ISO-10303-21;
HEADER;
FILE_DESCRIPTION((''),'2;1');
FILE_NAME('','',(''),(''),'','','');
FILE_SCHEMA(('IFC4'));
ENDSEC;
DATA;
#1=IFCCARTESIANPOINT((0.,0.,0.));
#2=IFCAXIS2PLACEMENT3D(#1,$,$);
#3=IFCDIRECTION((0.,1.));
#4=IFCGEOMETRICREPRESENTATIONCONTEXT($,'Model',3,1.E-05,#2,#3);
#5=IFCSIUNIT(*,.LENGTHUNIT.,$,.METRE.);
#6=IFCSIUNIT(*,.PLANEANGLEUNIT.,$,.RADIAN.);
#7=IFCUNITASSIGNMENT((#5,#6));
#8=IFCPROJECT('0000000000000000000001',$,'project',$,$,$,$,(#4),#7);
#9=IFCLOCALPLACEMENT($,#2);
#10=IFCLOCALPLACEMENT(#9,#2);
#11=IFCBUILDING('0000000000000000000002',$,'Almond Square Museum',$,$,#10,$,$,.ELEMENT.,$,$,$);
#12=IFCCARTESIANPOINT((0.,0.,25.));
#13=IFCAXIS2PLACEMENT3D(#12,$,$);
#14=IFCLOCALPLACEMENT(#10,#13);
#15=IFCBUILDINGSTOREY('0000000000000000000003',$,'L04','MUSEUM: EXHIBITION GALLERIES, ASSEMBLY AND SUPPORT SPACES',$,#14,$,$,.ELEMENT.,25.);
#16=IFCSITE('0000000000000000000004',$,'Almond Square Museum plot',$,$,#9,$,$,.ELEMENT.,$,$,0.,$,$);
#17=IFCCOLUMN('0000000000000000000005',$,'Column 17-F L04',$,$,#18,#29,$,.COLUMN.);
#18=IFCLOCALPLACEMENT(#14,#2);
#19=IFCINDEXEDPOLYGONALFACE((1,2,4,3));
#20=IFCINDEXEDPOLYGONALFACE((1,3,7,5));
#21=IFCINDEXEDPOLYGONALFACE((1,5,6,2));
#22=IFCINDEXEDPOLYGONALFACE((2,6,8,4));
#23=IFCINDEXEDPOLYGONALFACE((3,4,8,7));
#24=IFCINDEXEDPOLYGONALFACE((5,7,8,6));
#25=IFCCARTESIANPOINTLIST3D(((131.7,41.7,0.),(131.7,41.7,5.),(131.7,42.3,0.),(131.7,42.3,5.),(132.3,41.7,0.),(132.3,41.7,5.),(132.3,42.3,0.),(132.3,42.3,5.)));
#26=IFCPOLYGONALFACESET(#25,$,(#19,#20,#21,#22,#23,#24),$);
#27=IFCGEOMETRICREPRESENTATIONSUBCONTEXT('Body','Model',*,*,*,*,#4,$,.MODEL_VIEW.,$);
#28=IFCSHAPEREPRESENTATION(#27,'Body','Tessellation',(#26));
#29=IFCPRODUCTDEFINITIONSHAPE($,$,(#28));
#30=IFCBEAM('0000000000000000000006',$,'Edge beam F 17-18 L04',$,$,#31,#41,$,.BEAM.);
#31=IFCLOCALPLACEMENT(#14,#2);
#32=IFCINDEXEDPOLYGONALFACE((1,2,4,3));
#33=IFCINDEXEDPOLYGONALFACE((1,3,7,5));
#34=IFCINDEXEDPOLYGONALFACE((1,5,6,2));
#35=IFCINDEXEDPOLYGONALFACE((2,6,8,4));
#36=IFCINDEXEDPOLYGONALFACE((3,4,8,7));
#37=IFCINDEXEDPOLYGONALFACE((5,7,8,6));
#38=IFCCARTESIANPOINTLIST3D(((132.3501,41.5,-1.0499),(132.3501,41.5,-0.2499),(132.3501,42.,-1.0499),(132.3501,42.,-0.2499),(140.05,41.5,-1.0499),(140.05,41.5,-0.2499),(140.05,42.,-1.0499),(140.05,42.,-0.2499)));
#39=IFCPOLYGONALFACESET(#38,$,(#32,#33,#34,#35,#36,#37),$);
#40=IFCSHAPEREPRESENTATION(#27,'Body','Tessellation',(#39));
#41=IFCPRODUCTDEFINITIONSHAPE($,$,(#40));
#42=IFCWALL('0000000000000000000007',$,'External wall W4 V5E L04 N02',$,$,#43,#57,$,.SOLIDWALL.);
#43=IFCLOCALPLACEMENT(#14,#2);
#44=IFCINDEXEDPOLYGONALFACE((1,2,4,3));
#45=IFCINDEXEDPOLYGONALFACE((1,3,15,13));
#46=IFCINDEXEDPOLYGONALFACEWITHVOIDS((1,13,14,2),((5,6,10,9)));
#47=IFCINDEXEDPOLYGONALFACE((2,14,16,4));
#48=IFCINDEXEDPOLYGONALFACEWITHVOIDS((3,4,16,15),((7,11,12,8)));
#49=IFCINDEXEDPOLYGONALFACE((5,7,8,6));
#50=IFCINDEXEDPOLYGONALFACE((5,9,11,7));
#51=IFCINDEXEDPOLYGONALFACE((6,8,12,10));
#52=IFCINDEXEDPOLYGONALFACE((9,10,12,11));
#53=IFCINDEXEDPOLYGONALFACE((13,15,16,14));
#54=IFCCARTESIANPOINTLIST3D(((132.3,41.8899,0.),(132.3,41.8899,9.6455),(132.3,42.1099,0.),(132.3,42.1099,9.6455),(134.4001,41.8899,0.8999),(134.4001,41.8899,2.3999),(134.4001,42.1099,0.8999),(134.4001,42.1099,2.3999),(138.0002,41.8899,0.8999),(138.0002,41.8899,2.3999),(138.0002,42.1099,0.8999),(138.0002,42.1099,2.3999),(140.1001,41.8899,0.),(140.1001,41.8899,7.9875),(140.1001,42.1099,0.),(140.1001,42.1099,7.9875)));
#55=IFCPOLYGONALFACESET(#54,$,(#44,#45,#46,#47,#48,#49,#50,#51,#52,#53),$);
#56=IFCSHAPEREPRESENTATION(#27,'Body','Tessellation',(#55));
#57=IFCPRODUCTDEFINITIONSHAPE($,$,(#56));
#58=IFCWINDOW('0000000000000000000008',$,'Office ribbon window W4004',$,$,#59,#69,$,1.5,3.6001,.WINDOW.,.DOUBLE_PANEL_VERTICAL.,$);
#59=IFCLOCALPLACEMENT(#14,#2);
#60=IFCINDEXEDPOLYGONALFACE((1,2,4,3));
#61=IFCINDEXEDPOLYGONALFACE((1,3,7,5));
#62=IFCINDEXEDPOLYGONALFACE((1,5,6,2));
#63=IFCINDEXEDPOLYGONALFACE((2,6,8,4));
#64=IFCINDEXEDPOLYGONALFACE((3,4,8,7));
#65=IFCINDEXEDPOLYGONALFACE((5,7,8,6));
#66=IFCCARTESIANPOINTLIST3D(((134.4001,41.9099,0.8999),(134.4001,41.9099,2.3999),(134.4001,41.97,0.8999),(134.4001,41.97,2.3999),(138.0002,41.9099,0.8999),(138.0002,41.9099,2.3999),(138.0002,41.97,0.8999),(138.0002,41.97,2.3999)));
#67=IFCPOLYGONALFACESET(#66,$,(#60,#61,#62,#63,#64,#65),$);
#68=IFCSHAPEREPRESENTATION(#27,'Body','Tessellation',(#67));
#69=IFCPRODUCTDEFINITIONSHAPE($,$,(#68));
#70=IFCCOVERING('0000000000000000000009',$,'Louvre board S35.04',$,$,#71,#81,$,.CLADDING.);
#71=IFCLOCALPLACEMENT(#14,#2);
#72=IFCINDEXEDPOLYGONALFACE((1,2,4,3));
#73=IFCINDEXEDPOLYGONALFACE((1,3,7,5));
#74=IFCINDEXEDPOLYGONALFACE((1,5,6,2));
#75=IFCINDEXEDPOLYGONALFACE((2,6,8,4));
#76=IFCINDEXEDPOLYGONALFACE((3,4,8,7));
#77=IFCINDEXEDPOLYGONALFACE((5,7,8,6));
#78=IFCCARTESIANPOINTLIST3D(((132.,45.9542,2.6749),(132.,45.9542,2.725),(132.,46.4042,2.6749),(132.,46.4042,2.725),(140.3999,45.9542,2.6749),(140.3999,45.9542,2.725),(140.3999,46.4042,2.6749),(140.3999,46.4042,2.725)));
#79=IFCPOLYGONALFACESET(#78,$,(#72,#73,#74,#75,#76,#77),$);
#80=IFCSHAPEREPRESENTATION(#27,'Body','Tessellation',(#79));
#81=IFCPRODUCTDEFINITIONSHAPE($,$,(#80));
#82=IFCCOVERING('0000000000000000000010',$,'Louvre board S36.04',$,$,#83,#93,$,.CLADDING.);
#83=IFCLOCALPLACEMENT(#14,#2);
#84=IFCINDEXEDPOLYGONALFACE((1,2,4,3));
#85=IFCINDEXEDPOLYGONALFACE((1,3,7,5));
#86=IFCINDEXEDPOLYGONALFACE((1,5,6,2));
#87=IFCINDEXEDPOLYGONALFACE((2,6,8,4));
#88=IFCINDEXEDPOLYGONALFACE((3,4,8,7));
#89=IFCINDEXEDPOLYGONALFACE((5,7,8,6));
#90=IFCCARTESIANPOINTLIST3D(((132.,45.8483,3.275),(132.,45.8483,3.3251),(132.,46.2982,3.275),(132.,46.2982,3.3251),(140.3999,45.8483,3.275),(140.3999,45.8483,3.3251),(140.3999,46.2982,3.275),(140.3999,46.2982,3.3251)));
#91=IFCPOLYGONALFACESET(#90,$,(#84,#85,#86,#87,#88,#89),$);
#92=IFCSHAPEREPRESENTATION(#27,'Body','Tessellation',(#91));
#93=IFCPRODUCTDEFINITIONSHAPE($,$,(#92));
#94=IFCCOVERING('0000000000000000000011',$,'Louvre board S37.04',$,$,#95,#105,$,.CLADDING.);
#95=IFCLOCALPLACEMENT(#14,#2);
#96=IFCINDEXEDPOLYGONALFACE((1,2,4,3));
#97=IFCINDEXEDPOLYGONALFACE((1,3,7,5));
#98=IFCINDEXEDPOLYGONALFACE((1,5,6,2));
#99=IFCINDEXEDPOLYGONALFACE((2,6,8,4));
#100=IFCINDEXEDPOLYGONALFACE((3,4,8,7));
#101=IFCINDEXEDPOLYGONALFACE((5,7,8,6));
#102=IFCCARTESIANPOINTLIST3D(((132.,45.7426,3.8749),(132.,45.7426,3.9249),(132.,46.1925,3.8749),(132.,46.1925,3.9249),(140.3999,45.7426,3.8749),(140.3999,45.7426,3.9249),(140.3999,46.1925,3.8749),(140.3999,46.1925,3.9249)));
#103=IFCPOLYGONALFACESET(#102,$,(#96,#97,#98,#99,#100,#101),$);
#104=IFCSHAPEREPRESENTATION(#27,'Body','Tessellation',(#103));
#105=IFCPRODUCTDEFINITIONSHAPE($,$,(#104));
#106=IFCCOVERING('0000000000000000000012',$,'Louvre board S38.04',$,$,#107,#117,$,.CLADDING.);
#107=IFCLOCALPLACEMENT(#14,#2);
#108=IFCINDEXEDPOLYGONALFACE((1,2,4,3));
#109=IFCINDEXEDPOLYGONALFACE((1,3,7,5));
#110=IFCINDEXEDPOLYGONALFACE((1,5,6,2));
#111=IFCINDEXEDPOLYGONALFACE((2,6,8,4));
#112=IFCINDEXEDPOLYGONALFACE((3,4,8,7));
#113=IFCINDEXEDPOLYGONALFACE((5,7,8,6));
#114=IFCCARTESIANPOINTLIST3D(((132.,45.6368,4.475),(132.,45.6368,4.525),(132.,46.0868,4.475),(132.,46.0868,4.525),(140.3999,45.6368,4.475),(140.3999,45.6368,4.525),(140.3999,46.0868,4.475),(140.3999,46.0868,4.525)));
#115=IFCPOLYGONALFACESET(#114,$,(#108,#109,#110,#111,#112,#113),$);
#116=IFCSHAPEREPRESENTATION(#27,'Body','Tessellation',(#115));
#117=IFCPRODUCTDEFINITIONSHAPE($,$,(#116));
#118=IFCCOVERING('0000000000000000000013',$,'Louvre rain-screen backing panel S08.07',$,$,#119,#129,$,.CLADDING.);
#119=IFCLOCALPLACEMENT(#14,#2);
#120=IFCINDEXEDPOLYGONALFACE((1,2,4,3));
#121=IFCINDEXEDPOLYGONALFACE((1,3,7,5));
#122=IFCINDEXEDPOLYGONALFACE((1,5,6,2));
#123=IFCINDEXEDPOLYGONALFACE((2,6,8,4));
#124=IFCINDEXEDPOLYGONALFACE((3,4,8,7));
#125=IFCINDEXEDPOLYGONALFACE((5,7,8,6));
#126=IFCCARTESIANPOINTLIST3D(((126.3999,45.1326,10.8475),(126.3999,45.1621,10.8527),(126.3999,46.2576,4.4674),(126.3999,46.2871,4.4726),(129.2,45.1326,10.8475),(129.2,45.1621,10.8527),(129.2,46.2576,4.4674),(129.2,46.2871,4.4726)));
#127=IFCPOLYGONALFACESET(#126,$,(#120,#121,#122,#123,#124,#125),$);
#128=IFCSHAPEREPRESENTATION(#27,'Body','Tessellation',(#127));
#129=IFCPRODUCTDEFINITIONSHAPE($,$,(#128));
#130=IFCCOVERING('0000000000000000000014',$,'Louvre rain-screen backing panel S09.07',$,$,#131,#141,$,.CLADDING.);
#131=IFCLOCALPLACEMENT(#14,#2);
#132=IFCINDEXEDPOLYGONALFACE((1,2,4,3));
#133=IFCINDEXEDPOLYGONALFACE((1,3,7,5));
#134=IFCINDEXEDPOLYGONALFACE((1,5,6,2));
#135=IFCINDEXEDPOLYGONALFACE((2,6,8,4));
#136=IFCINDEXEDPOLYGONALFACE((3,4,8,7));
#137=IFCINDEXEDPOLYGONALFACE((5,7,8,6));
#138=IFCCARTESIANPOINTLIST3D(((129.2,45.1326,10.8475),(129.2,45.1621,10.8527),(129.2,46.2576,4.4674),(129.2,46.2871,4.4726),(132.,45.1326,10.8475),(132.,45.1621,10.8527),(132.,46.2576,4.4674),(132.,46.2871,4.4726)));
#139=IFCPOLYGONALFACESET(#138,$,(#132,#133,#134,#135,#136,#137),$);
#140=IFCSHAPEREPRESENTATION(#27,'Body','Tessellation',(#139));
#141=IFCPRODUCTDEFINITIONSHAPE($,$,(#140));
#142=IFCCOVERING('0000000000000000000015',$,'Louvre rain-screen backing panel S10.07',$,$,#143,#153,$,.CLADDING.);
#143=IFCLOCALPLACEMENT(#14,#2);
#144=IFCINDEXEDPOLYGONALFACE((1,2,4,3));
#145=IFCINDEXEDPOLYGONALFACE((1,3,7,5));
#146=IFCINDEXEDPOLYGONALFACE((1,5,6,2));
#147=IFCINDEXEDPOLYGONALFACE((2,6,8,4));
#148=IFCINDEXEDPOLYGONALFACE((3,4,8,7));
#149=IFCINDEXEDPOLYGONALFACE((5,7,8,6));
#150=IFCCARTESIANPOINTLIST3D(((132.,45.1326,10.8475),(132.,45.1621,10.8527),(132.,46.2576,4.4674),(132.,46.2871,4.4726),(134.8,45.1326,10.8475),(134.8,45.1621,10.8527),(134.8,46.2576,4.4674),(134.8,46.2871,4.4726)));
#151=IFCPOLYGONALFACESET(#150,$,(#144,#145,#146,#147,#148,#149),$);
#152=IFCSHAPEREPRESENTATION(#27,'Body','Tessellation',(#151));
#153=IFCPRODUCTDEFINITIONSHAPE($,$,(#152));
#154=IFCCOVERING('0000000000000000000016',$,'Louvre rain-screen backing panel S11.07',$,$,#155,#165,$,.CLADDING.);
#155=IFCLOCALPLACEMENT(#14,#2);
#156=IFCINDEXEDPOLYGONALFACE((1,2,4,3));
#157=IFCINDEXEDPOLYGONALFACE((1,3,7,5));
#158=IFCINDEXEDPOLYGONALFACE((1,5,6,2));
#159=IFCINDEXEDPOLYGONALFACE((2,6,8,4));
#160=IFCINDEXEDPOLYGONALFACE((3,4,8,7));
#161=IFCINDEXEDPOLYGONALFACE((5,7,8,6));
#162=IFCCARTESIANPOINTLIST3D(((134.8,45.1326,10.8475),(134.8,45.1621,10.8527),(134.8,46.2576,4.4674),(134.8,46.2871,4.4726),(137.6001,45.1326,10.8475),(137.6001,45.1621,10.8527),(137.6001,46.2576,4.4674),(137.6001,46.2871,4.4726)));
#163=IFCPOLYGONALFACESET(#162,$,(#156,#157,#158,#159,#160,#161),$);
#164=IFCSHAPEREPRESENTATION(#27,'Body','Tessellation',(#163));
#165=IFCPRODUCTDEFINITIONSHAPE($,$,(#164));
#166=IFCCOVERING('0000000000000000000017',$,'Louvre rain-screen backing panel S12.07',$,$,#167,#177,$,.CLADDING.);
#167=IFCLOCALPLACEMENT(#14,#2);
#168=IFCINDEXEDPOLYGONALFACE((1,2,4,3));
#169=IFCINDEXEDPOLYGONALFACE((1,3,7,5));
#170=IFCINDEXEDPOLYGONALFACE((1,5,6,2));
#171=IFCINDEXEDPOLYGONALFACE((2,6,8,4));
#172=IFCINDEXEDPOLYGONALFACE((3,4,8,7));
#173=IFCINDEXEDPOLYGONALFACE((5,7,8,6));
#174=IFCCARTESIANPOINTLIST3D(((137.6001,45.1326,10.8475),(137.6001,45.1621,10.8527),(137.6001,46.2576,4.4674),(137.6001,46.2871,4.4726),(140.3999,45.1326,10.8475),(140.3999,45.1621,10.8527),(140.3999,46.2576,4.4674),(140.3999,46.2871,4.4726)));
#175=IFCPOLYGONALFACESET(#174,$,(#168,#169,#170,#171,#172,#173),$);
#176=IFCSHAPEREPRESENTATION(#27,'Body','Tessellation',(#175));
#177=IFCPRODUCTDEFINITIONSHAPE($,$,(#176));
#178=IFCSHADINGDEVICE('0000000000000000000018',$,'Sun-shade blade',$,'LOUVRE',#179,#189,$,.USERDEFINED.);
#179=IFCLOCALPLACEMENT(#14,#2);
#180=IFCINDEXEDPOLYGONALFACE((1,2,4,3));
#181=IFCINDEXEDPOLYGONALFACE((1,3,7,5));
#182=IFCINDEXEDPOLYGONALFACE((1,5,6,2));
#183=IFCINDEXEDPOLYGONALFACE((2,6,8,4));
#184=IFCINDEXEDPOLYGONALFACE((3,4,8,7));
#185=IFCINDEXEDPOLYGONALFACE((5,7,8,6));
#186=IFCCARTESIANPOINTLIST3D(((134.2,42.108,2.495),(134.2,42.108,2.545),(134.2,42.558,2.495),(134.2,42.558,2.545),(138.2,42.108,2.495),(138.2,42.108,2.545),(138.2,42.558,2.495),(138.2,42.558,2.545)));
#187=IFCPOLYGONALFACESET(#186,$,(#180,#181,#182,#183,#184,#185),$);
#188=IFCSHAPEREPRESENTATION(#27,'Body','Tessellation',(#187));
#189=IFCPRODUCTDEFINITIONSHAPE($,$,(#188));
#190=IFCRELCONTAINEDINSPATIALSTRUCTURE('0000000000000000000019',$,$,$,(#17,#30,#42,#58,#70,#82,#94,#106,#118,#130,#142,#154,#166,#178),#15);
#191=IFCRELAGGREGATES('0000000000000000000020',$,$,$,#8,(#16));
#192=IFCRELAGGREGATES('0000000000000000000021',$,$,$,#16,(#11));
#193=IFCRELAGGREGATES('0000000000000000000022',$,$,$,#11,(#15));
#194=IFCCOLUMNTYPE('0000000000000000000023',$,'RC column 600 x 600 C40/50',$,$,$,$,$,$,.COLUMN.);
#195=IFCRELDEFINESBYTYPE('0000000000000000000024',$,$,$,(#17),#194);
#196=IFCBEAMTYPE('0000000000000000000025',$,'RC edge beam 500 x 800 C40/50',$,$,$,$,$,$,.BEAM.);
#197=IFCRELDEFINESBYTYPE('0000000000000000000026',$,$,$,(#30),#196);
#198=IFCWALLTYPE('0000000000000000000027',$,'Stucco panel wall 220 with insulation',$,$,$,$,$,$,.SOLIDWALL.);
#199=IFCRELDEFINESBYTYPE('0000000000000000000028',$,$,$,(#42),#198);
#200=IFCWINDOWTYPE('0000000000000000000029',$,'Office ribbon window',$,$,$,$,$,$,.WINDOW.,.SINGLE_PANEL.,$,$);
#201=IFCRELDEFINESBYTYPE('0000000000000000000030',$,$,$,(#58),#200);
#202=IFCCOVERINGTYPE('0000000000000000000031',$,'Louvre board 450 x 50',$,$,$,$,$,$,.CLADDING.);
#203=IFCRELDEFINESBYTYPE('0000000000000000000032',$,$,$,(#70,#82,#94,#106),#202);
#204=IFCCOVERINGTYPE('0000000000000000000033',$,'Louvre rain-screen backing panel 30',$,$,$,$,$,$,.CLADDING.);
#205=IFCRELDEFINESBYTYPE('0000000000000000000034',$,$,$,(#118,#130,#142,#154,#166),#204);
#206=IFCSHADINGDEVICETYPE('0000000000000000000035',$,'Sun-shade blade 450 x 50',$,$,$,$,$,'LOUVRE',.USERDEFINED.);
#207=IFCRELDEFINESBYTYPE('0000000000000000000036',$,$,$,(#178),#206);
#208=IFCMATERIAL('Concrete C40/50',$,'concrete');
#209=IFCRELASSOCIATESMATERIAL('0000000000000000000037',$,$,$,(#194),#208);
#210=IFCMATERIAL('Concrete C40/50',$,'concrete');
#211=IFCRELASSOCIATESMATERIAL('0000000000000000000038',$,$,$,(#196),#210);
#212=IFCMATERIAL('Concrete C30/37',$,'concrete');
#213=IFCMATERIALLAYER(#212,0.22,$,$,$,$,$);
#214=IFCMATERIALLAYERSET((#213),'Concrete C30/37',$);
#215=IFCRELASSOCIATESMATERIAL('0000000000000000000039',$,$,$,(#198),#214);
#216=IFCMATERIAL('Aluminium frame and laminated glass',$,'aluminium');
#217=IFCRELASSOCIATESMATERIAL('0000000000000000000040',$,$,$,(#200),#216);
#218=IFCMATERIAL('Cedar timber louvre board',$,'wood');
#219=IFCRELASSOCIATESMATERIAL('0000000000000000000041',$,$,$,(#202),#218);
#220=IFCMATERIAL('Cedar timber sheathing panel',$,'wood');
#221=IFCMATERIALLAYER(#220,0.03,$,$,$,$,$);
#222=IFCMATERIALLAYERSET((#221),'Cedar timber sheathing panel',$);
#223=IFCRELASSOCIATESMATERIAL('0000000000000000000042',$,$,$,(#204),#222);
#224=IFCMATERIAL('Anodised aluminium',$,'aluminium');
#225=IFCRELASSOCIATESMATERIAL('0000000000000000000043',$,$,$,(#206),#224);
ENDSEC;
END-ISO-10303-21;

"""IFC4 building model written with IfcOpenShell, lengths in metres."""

from ifc_helpers import new_model, si_unit, direction, frame, frame_2d, origin, origin_2d, place, context, subcontext, project, spatial, polyline, rectangle, outline, extrude, material, layer, layer_set, material_profile, profile_set, type_object, element, fill, save


model = new_model("IFC4")

# Units and contexts
model_context = context("Model", 3, precision=1e-05, world=origin(), true_north=direction((0.0, 1.0)))
body_context = subcontext(model_context, "Body", "Model", "MODEL_VIEW")
ifc_project = project(units=[si_unit("LENGTHUNIT", "METRE"), si_unit("PLANEANGLEUNIT", "RADIAN")], contexts=[model_context])

# Site, building, storey
site_placement = place(None, origin())
site = spatial("IfcSite", under=ifc_project, at=site_placement, Name="Almond Square Museum plot", CompositionType="ELEMENT", RefElevation=0.0)
building_placement = place(site_placement, origin())
building = spatial("IfcBuilding", under=site, at=building_placement, Name="Almond Square Museum", CompositionType="ELEMENT")
storey_placement = place(building_placement, frame((0.0, 0.0, 25.0)))
storey = spatial("IfcBuildingStorey", under=building, at=storey_placement, Name="L04", Description="MUSEUM: EXHIBITION GALLERIES, ASSEMBLY AND SUPPORT SPACES", CompositionType="ELEMENT", Elevation=25.0)

# Column
ifc_material_1 = material(Name="Concrete C40/50", Category="concrete")
ifc_material_profile_1 = material_profile(ifc_material_1, rectangle(XDim=0.6001, YDim=0.6001, at=origin_2d()))
ifc_profile_set_1 = profile_set([ifc_material_profile_1], Name="Concrete C40/50")
column_type = type_object("IfcColumnType", Name="RC column 600 x 600 C40/50", PredefinedType="COLUMN", material=ifc_profile_set_1)
column_placement = place(storey_placement, frame((132.0, 42.0, 0.0), z_axis=(0.0, 0.0, 1.0), x_axis=(1.0, 0.0, 0.0)))
element("IfcColumn", 1, at=column_placement, inside=storey, type_object=column_type, Name="Column 17-F L04", PredefinedType="COLUMN", context=body_context, shape_type="SweptSolid", body=[
    extrude(rectangle(XDim=0.6001, YDim=0.6001, at=origin_2d()), origin(), (0.0, 0.0, 1.0), 5.0),
])

# Beam
ifc_material_2 = material(Name="Concrete C40/50", Category="concrete")
ifc_material_profile_2 = material_profile(ifc_material_2, rectangle(XDim=0.5, YDim=0.8, at=origin_2d()))
ifc_profile_set_2 = profile_set([ifc_material_profile_2], Name="Concrete C40/50")
beam_type = type_object("IfcBeamType", Name="RC edge beam 500 x 800 C40/50", PredefinedType="BEAM", material=ifc_profile_set_2)
beam_placement = place(storey_placement, frame((132.3501, 41.75, -0.6499), z_axis=(1.0, 0.0, 0.0), x_axis=(0.0, 1.0, 0.0)))
element("IfcBeam", 2, at=beam_placement, inside=storey, type_object=beam_type, Name="Edge beam F 17-18 L04", PredefinedType="BEAM", context=body_context, shape_type="SweptSolid", body=[
    extrude(rectangle(XDim=0.5, YDim=0.8, at=origin_2d()), origin(), (0.0, 0.0, 1.0), 7.7),
])

# Wall, opening, window
ifc_material_3 = material(Name="Concrete C30/37", Category="concrete")
ifc_layer_1 = layer(ifc_material_3, 0.22)
ifc_layer_set_1 = layer_set([ifc_layer_1], Name="Concrete C30/37")
wall_type = type_object("IfcWallType", Name="Stucco panel wall 220 with insulation", PredefinedType="SOLIDWALL", material=ifc_layer_set_1)
wall_placement = place(storey_placement, frame((132.3, 42.0, 0.0), z_axis=(0.0, 0.0, 1.0), x_axis=(1.0, 0.0, 0.0)))
wall = element("IfcWall", 3, at=wall_placement, inside=storey, type_object=wall_type, Name="External wall W4 V5E L04 N02", PredefinedType="SOLIDWALL", context=body_context, shape_type="SweptSolid", body=[
    extrude(outline(polyline([(0.0, 0.0), (7.8, 0.0), (7.8, 7.9875), (0.0, 9.6455), (0.0, 0.0)])), frame((0.0, 0.1099, 0.0), z_axis=(0.0, -1.0, 0.0), x_axis=(1.0, 0.0, 0.0)), (0.0, 0.0, 1.0), 0.22),
])
opening_placement = place(wall_placement, frame((2.1001, 0.0, 0.8999)))
opening = element("IfcOpeningElement", 4, at=opening_placement, cuts=wall, PredefinedType="OPENING", context=body_context, shape_type="SweptSolid", body=[
    extrude(rectangle(XDim=3.6001, YDim=1.5, at=frame_2d((1.8, 0.75))), frame((0.0, 0.1199, 0.0), z_axis=(0.0, -1.0, 0.0), x_axis=(1.0, 0.0, 0.0)), (0.0, 0.0, 1.0), 0.24),
])
ifc_material_4 = material(Name="Aluminium frame and laminated glass", Category="aluminium")
window_type = type_object("IfcWindowType", Name="Office ribbon window", PartitioningType="SINGLE_PANEL", PredefinedType="WINDOW", material=ifc_material_4)
window_placement = place(opening_placement, origin())
window = element("IfcWindow", 5, at=window_placement, inside=storey, type_object=window_type, Name="Office ribbon window W4004", OverallHeight=1.5, OverallWidth=3.6001, PartitioningType="DOUBLE_PANEL_VERTICAL", PredefinedType="WINDOW", context=body_context, shape_type="SweptSolid", body=[
    extrude(rectangle(XDim=3.6001, YDim=1.5, at=frame_2d((1.8, 0.75))), frame((0.0, -0.03, 0.0), z_axis=(0.0, -1.0, 0.0), x_axis=(1.0, 0.0, 0.0)), (0.0, 0.0, 1.0), 0.0601),
])
fill(opening, window)

# Coverings
ifc_material_5 = material(Name="Cedar timber louvre board", Category="wood")
ifc_material_profile_3 = material_profile(ifc_material_5, rectangle(XDim=0.45, YDim=0.05, at=origin_2d()))
ifc_profile_set_3 = profile_set([ifc_material_profile_3], Name="Cedar timber louvre board")
covering_type_1 = type_object("IfcCoveringType", Name="Louvre board 450 x 50", PredefinedType="CLADDING", material=ifc_profile_set_3)
for number, where, z_axis, x_axis, name in (
    (6, (132.0, 46.1792, 2.7), (1.0, 0.0, 0.0), (0.0, 1.0, 0.0), "Louvre board S35.04"),
    (7, (132.0, 46.0732, 3.3), (1.0, 0.0, 0.0), (0.0, 1.0, 0.0), "Louvre board S36.04"),
    (8, (132.0, 45.9675, 3.8999), (1.0, 0.0, 0.0), (0.0, 1.0, 0.0), "Louvre board S37.04"),
    (9, (132.0, 45.8618, 4.5), (1.0, 0.0, 0.0), (0.0, 1.0, 0.0), "Louvre board S38.04"),
):
    element("IfcCovering", number, at=place(storey_placement, frame(where, z_axis=z_axis, x_axis=x_axis)), inside=storey, type_object=covering_type_1, Name=name, PredefinedType="CLADDING", context=body_context, shape_type="SweptSolid", body=[
        extrude(rectangle(XDim=0.45, YDim=0.05, at=origin_2d()), origin(), (0.0, 0.0, 1.0), 8.3999),
    ])
ifc_material_6 = material(Name="Cedar timber sheathing panel", Category="wood")
ifc_layer_2 = layer(ifc_material_6, 0.03)
ifc_layer_set_2 = layer_set([ifc_layer_2], Name="Cedar timber sheathing panel")
covering_type_2 = type_object("IfcCoveringType", Name="Louvre rain-screen backing panel 30", PredefinedType="CLADDING", material=ifc_layer_set_2)
for number, where, z_axis, x_axis, name in (
    (10, (126.3999, 46.2722, 4.47), (0.0, -0.984807, -0.17365), (1.0, 0.0, 0.0), "Louvre rain-screen backing panel S08.07"),
    (11, (129.2, 46.2722, 4.47), (0.0, -0.984807, -0.17365), (1.0, 0.0, 0.0), "Louvre rain-screen backing panel S09.07"),
    (12, (132.0, 46.2722, 4.47), (0.0, -0.984807, -0.17365), (1.0, 0.0, 0.0), "Louvre rain-screen backing panel S10.07"),
    (13, (134.8, 46.2722, 4.47), (0.0, -0.984807, -0.17365), (1.0, 0.0, 0.0), "Louvre rain-screen backing panel S11.07"),
):
    element("IfcCovering", number, at=place(storey_placement, frame(where, z_axis=z_axis, x_axis=x_axis)), inside=storey, type_object=covering_type_2, Name=name, PredefinedType="CLADDING", context=body_context, shape_type="SweptSolid", body=[
        extrude(outline(polyline([(0.0, 0.0), (2.8, 0.0), (2.8, 6.4786), (0.0, 6.4786), (0.0, 0.0)])), frame((0.0, 0.0, -0.0151)), (0.0, 0.0, 1.0), 0.03),
    ])
covering_1_placement = place(storey_placement, frame((137.6001, 46.2722, 4.47), z_axis=(0.0, -0.984807, -0.17365), x_axis=(1.0, 0.0, 0.0)))
element("IfcCovering", 14, at=covering_1_placement, inside=storey, type_object=covering_type_2, Name="Louvre rain-screen backing panel S12.07", PredefinedType="CLADDING", context=body_context, shape_type="SweptSolid", body=[
    extrude(outline(polyline([(0.0, 0.0), (2.7998, 0.0), (2.7998, 6.4786), (0.0, 6.4786), (0.0, 0.0)])), frame((0.0, 0.0, -0.0151)), (0.0, 0.0, 1.0), 0.03),
])

# Shading device
ifc_material_7 = material(Name="Anodised aluminium", Category="aluminium")
ifc_material_profile_4 = material_profile(ifc_material_7, rectangle(XDim=0.45, YDim=0.05, at=origin_2d()))
ifc_profile_set_4 = profile_set([ifc_material_profile_4], Name="Anodised aluminium")
shading_device_type_1 = type_object("IfcShadingDeviceType", Name="Sun-shade blade 450 x 50", ElementType="LOUVRE", PredefinedType="USERDEFINED", material=ifc_profile_set_4)
shading_device_1_placement = place(storey_placement, frame((134.2, 42.333, 2.52), z_axis=(1.0, 0.0, 0.0), x_axis=(0.0, 1.0, 0.0)))
element("IfcShadingDevice", 15, at=shading_device_1_placement, inside=storey, type_object=shading_device_type_1, Name="Sun-shade blade", ObjectType="LOUVRE", PredefinedType="USERDEFINED", context=body_context, shape_type="SweptSolid", body=[
    extrude(rectangle(XDim=0.45, YDim=0.05, at=origin_2d()), origin(), (0.0, 0.0, 1.0), 4.0),
])

save(model, "model.ifc")
